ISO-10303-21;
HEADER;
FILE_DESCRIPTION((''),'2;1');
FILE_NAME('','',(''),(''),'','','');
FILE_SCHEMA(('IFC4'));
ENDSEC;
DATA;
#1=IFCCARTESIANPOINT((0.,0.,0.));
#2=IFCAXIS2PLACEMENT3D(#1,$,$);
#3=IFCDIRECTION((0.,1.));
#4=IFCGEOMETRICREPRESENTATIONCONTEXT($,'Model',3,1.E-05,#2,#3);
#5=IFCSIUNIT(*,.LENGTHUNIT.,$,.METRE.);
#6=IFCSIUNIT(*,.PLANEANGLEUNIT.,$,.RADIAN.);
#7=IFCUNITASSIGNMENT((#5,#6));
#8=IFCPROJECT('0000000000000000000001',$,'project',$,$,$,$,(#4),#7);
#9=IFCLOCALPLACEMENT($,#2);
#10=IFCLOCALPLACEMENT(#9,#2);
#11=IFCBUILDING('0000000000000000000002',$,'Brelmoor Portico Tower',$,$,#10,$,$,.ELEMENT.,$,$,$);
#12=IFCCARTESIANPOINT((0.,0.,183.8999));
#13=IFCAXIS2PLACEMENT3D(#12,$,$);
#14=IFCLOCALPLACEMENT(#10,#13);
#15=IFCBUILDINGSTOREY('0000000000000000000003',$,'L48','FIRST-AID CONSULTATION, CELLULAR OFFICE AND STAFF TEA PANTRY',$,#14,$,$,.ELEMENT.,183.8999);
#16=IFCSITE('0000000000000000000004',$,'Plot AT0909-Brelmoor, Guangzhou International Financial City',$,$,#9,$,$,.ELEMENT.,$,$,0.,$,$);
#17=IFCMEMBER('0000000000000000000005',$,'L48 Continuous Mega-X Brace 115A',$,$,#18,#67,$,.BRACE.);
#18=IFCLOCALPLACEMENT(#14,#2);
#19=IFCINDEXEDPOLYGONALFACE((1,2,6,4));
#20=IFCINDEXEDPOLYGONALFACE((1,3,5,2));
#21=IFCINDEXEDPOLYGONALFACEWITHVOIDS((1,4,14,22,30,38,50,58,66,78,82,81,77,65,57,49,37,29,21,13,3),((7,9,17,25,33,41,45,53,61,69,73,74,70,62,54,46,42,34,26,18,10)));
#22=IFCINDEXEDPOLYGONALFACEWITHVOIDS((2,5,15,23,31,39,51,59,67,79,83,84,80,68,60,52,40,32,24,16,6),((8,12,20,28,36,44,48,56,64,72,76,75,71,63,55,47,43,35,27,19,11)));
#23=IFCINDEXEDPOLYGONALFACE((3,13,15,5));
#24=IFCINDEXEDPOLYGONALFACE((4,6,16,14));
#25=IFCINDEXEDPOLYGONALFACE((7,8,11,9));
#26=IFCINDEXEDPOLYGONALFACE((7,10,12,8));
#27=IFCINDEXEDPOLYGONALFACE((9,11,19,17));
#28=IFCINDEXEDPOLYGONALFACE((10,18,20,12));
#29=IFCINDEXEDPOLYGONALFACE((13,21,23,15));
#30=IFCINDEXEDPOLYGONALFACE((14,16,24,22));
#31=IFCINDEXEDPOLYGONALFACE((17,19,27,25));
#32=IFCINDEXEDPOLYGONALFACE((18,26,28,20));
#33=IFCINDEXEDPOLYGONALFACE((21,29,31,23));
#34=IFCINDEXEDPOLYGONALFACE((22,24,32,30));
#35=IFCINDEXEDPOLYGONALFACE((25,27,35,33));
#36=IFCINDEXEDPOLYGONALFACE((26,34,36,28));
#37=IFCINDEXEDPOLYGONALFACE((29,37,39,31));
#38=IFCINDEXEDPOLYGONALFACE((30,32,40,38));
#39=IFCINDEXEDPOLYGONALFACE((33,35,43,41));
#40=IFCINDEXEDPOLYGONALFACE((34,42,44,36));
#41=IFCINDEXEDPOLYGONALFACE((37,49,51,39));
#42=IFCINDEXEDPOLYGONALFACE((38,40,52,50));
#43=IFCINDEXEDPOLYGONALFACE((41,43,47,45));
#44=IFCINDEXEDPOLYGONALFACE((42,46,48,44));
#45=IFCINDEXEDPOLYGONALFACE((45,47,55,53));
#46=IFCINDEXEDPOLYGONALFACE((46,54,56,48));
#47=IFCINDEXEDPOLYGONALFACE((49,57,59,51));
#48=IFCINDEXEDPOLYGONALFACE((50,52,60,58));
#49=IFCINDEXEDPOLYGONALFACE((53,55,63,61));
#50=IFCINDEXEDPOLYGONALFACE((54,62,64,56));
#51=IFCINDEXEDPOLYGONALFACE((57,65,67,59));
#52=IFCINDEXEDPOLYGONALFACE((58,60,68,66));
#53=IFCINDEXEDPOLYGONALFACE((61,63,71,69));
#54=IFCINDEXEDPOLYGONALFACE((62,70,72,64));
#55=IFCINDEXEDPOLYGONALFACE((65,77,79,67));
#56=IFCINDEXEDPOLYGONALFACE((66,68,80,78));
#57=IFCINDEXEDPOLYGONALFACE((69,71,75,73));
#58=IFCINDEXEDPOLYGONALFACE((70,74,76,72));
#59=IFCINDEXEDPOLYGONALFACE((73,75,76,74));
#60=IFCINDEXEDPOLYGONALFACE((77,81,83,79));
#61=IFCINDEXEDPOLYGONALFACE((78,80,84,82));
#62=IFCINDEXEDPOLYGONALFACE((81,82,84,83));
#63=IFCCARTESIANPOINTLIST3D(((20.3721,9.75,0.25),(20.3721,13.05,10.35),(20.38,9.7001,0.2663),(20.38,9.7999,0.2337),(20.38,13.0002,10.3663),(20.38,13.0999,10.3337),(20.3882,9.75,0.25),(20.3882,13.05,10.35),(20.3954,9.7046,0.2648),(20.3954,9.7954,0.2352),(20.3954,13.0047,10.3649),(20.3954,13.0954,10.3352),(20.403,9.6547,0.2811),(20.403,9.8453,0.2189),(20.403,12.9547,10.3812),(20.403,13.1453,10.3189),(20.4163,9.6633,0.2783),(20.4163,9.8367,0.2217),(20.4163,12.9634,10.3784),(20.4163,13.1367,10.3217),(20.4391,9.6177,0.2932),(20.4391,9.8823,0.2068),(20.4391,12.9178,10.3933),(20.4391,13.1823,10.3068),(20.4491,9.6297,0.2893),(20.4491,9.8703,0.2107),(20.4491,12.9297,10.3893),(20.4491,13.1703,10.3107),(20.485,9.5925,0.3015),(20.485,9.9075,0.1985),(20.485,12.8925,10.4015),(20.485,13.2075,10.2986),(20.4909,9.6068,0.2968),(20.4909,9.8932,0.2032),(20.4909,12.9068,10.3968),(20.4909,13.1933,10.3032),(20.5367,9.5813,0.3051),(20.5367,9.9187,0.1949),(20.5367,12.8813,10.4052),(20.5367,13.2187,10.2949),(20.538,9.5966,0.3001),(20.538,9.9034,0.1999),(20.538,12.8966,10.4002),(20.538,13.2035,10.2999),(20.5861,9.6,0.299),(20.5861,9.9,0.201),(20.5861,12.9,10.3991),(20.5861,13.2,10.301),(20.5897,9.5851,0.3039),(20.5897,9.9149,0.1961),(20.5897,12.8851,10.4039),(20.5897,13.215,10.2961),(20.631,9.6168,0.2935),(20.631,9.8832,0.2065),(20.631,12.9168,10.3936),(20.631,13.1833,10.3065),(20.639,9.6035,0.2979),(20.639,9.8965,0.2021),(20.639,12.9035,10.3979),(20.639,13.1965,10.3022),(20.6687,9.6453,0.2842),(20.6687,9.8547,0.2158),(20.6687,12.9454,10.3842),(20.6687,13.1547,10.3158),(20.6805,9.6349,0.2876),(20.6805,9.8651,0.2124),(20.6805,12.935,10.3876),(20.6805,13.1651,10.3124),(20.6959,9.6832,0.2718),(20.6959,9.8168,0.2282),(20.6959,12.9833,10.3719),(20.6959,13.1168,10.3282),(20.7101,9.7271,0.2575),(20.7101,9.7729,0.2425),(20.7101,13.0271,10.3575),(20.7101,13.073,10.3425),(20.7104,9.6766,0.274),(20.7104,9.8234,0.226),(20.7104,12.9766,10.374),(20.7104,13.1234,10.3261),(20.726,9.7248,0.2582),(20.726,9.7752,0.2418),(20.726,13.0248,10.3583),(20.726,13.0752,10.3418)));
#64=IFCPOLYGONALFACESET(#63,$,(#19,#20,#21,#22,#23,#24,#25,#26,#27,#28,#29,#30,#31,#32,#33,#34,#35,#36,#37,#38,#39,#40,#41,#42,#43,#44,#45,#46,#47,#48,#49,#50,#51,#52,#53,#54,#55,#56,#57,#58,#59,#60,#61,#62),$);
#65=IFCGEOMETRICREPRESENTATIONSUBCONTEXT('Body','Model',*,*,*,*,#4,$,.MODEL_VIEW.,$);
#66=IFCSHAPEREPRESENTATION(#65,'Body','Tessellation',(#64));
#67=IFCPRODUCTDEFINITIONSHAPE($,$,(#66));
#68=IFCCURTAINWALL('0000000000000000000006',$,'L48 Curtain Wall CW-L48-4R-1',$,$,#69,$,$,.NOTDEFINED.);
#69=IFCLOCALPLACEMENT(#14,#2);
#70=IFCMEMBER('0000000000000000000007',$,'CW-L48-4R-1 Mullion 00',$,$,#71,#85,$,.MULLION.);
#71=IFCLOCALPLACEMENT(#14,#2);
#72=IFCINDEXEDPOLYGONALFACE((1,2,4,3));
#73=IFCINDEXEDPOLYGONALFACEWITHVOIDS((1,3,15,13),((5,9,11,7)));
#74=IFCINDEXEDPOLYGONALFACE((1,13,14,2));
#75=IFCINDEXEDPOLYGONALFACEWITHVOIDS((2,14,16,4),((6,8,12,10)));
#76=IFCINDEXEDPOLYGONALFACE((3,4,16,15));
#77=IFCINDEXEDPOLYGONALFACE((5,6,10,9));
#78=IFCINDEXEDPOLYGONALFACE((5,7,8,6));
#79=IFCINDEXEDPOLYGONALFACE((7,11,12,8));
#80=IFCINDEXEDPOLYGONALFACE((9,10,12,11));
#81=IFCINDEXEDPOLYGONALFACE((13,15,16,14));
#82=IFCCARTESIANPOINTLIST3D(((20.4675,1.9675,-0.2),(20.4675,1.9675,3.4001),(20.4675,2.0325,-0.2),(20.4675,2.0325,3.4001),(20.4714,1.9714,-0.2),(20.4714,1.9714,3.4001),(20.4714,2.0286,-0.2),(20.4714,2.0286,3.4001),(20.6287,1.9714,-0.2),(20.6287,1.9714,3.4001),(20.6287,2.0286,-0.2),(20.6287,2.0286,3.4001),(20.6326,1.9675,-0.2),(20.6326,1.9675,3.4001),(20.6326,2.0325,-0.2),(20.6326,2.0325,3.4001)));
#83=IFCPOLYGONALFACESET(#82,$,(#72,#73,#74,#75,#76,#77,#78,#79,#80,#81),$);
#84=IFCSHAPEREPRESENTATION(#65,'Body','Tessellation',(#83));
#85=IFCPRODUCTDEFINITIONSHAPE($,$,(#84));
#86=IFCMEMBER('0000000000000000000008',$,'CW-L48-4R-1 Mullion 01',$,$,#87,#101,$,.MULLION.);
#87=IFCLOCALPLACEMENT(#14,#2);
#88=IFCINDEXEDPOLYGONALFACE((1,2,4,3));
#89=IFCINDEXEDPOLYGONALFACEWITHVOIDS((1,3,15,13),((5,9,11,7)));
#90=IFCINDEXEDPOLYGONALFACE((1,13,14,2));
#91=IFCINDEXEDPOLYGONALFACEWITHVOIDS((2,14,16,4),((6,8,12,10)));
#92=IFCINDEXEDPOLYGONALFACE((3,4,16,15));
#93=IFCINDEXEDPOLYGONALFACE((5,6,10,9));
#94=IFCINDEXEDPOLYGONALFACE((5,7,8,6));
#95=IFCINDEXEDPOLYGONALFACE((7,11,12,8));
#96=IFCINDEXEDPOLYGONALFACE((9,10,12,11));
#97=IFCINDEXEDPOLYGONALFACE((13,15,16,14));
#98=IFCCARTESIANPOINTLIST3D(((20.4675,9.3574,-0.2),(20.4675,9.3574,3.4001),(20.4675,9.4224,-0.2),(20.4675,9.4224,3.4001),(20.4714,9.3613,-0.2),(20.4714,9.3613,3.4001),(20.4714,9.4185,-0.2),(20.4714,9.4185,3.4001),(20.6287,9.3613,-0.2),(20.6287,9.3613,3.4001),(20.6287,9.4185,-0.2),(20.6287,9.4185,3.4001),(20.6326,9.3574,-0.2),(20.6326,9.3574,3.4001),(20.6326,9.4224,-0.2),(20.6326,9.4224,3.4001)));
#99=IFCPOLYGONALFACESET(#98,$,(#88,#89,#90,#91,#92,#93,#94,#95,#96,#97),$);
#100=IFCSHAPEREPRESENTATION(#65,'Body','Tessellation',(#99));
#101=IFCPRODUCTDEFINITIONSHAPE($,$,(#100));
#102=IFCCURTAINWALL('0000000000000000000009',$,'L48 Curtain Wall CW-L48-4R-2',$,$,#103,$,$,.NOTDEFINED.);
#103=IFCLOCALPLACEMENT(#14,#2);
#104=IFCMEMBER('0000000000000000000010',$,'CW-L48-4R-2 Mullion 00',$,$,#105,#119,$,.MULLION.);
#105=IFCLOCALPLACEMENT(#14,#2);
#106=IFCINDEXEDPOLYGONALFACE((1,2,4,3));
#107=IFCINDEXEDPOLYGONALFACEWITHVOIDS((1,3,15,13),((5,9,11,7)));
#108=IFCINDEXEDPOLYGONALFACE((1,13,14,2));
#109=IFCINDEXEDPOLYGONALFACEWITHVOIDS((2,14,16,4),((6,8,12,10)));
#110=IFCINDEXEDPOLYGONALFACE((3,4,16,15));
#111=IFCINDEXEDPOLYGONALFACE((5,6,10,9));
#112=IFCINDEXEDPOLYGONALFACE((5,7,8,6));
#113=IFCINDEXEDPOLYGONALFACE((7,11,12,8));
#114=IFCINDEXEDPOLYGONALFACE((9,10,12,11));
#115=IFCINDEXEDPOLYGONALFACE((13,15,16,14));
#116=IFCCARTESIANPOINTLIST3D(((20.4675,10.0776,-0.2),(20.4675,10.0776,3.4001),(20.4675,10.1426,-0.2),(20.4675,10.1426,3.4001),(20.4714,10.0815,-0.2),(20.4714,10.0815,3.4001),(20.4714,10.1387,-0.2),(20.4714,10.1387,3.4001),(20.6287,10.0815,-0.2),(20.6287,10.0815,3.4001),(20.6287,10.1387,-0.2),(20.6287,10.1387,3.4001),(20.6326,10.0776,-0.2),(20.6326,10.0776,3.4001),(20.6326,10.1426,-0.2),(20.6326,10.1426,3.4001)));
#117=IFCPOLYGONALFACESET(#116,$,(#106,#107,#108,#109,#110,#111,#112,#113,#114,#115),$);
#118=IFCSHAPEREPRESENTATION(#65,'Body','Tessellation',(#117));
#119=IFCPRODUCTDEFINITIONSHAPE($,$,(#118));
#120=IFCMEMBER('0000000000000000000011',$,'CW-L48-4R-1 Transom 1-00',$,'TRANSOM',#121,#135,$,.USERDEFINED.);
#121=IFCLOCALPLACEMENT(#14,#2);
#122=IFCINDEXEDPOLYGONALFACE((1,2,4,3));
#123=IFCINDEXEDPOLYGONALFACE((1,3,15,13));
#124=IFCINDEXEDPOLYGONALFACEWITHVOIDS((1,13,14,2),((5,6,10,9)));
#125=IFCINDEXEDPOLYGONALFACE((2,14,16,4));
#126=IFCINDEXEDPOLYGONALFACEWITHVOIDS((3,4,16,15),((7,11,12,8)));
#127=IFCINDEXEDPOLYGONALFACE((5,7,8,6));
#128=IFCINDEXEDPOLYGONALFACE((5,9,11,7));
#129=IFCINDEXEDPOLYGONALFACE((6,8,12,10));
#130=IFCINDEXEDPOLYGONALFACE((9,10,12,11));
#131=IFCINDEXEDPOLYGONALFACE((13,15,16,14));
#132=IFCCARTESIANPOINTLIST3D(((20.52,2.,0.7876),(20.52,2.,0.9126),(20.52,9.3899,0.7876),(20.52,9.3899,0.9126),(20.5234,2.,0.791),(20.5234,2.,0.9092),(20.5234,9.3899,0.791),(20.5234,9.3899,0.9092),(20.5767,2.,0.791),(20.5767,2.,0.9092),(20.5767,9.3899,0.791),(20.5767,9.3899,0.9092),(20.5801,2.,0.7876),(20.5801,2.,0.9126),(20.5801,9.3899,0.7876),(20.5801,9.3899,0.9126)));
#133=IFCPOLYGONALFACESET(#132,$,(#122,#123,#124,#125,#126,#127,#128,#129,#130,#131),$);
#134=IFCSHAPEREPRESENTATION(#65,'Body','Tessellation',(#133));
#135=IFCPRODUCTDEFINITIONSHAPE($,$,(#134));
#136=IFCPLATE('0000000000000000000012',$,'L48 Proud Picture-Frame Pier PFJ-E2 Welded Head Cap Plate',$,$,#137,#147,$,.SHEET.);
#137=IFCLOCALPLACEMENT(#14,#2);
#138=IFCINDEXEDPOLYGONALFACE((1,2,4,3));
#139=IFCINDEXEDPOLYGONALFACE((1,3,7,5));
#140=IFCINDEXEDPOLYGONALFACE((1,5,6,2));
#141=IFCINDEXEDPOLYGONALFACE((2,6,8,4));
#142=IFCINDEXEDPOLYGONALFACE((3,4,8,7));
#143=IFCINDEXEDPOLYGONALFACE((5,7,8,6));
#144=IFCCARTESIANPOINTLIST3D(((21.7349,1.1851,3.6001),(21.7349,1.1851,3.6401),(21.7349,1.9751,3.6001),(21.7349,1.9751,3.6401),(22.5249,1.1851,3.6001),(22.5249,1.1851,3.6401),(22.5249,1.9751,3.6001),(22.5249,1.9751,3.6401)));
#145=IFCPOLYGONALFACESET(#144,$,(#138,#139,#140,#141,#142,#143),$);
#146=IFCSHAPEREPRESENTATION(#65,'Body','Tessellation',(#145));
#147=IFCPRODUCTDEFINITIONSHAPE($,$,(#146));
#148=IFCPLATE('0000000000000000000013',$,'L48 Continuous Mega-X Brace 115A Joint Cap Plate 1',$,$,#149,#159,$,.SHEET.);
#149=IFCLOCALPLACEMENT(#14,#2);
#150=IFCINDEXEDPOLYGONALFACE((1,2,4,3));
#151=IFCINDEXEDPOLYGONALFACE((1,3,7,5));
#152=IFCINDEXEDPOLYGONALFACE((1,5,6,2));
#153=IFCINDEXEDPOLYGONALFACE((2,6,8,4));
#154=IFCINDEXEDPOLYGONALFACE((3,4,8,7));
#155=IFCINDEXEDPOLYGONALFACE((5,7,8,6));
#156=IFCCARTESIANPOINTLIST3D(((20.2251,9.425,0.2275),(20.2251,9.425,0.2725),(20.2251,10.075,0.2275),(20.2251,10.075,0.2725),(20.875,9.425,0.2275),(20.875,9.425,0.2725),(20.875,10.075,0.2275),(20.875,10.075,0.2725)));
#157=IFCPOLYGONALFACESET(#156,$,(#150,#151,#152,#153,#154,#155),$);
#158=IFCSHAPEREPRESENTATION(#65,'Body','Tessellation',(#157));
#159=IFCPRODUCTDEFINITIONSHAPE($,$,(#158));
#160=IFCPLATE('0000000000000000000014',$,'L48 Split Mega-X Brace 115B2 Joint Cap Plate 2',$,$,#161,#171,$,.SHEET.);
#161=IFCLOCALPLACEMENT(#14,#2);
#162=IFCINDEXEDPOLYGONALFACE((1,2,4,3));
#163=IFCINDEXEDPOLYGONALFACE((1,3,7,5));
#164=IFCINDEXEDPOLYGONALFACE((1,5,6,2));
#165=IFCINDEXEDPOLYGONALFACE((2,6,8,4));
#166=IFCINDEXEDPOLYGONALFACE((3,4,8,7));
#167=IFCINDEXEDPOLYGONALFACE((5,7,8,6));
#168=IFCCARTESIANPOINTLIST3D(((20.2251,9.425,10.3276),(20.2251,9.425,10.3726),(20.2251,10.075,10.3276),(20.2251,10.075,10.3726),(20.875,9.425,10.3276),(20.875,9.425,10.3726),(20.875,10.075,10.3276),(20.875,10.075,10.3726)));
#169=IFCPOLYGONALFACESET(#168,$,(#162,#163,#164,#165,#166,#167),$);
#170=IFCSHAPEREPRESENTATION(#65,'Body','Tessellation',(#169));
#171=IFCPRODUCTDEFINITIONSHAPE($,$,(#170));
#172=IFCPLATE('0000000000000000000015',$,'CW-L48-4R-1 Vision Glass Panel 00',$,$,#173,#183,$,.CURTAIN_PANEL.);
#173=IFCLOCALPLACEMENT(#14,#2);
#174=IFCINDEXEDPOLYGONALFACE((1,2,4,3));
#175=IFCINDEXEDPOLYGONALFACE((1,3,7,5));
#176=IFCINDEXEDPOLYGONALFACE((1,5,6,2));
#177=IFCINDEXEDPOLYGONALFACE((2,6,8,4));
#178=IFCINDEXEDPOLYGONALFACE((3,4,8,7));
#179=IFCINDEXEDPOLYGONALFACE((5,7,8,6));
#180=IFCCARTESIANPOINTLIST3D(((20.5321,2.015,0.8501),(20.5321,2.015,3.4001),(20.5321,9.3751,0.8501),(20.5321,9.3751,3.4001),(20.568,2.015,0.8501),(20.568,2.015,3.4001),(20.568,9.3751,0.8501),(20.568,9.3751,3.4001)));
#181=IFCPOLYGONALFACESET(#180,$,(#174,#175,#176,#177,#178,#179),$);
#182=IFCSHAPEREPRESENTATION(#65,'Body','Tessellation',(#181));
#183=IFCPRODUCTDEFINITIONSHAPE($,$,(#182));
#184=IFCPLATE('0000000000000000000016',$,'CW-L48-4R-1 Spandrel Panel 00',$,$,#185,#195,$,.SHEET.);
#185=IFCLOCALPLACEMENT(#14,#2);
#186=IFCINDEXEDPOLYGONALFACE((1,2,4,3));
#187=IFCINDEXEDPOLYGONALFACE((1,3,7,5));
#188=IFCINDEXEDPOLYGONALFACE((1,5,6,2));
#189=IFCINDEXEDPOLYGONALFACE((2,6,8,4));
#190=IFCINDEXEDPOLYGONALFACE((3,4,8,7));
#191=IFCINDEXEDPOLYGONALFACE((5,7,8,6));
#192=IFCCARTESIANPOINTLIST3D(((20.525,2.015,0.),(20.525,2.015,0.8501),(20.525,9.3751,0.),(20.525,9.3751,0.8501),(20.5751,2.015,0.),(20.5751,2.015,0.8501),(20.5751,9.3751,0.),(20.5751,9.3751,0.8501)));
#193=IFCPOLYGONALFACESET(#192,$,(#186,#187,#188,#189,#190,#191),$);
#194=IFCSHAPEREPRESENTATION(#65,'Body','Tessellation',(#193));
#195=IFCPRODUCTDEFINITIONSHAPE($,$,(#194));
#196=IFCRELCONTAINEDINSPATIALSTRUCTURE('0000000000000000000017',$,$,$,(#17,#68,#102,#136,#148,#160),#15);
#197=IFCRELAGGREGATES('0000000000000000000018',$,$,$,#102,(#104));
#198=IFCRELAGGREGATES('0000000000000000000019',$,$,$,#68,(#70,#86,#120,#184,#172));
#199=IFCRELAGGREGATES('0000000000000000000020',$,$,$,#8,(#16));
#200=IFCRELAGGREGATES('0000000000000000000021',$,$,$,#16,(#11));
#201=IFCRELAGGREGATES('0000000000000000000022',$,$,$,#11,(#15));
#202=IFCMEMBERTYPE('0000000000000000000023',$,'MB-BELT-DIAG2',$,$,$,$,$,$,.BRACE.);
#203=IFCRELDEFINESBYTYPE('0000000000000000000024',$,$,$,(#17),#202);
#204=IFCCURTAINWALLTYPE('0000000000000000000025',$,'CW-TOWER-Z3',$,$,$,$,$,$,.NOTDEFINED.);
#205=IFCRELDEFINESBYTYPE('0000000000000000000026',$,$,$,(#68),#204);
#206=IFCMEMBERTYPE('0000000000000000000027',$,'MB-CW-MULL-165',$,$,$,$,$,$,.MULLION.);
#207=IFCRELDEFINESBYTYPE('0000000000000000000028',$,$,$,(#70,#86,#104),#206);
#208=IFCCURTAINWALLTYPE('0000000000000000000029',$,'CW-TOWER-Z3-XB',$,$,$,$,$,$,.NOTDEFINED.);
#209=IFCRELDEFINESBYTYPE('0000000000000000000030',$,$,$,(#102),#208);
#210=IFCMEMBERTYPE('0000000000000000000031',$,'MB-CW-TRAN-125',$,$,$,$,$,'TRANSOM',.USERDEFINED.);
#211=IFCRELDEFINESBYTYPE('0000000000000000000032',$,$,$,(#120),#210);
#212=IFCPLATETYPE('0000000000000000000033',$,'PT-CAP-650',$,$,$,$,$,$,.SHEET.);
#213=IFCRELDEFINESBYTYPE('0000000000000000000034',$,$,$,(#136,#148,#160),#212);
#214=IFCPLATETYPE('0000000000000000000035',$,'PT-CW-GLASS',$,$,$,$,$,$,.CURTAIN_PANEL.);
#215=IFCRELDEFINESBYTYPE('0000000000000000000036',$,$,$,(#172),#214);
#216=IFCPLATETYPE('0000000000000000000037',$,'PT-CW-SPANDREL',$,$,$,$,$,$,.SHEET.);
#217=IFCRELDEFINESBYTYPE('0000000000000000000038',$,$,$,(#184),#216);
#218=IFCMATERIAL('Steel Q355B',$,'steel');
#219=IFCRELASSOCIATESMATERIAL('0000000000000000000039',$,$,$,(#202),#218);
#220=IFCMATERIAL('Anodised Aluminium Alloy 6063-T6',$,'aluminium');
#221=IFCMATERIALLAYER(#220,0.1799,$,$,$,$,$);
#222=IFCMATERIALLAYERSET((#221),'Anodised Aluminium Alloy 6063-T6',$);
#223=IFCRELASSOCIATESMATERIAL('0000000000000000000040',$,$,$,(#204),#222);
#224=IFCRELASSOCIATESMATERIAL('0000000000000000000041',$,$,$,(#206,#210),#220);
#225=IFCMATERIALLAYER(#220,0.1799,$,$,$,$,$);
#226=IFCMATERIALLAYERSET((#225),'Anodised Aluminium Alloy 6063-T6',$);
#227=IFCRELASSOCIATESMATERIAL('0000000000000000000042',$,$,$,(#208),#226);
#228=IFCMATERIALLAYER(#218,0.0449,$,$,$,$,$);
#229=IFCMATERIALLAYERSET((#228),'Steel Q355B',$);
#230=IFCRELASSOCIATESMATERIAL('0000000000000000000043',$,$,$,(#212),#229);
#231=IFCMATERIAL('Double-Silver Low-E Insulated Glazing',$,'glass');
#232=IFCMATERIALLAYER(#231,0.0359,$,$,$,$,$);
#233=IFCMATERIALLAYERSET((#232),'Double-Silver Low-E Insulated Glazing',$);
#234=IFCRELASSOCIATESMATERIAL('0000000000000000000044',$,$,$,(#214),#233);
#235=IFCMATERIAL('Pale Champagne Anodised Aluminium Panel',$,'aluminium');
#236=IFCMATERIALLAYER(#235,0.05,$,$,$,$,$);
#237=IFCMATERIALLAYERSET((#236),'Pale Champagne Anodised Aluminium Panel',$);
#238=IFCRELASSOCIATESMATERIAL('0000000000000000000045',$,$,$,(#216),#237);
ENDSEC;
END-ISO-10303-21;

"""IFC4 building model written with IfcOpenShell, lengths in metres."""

from ifc_helpers import new_model, si_unit, direction, frame, origin, origin_2d, place, context, subcontext, project, spatial, rectangle, hollow_rectangle, hollow_circle, extrude, material, layer, layer_set, material_profile, profile_set, type_object, element, aggregate, save


model = new_model("IFC4")

# Units and contexts
model_context = context("Model", 3, precision=1e-05, world=origin(), true_north=direction((0.0, 1.0)))
body_context = subcontext(model_context, "Body", "Model", "MODEL_VIEW")
ifc_project = project(units=[si_unit("LENGTHUNIT", "METRE"), si_unit("PLANEANGLEUNIT", "RADIAN")], contexts=[model_context])

# Site, building, storey
site_placement = place(None, origin())
site = spatial("IfcSite", under=ifc_project, at=site_placement, Name="Plot AT0909-Brelmoor, Guangzhou International Financial City", CompositionType="ELEMENT", RefElevation=0.0)
building_placement = place(site_placement, origin())
building = spatial("IfcBuilding", under=site, at=building_placement, Name="Brelmoor Portico Tower", CompositionType="ELEMENT")
storey_placement = place(building_placement, frame((0.0, 0.0, 183.8999)))
storey = spatial("IfcBuildingStorey", under=building, at=storey_placement, Name="L48", Description="FIRST-AID CONSULTATION, CELLULAR OFFICE AND STAFF TEA PANTRY", CompositionType="ELEMENT", Elevation=183.8999)

# Shared definitions
ifc_material_1 = material(Name="Steel Q355B", Category="steel")

# Member
ifc_material_profile_1 = material_profile(ifc_material_1, hollow_circle(Radius=0.178, WallThickness=0.0161, at=origin_2d()), Name="CHS 356x16")
ifc_profile_set_1 = profile_set([ifc_material_profile_1], Name="Steel Q355B")
member_type_1 = type_object("IfcMemberType", Name="MB-BELT-DIAG2", PredefinedType="BRACE", material=ifc_profile_set_1)
member_1_placement = place(storey_placement, frame((20.55, 9.75, 0.25), z_axis=(0.0, 0.310577, 0.950548), x_axis=(-1.0, 0.0, 0.0)))
element("IfcMember", 1, at=member_1_placement, inside=storey, type_object=member_type_1, Name="L48 Continuous Mega-X Brace 115A", PredefinedType="BRACE", context=body_context, shape_type="SweptSolid", body=[
    extrude(hollow_circle(Radius=0.178, WallThickness=0.0161, at=origin_2d()), origin(), (0.0, 0.0, 1.0), 10.6255),
])

# Curtain wall, members
ifc_material_2 = material(Name="Anodised Aluminium Alloy 6063-T6", Category="aluminium")
ifc_layer_1 = layer(ifc_material_2, 0.1799)
ifc_layer_set_1 = layer_set([ifc_layer_1], Name="Anodised Aluminium Alloy 6063-T6")
curtain_wall_type_1 = type_object("IfcCurtainWallType", Name="CW-TOWER-Z3", PredefinedType="NOTDEFINED", material=ifc_layer_set_1)
curtain_wall_1_placement = place(storey_placement, origin())
curtain_wall_1 = element("IfcCurtainWall", 2, at=curtain_wall_1_placement, inside=storey, type_object=curtain_wall_type_1, Name="L48 Curtain Wall CW-L48-4R-1", PredefinedType="NOTDEFINED")
ifc_material_profile_2 = material_profile(ifc_material_2, hollow_rectangle(XDim=0.0649, YDim=0.165, WallThickness=0.0039, at=origin_2d()), Name="ALU MULLION 65x165")
ifc_profile_set_2 = profile_set([ifc_material_profile_2], Name="Anodised Aluminium Alloy 6063-T6")
member_type_2 = type_object("IfcMemberType", Name="MB-CW-MULL-165", PredefinedType="MULLION", material=ifc_profile_set_2)
member_2_placement = place(storey_placement, frame((20.55, 2.0, -0.2), z_axis=(0.0, 0.0, 1.0), x_axis=(0.0, 1.0, 0.0)))
member_2 = element("IfcMember", 3, at=member_2_placement, type_object=member_type_2, Name="CW-L48-4R-1 Mullion 00", PredefinedType="MULLION", context=body_context, shape_type="SweptSolid", body=[
    extrude(hollow_rectangle(XDim=0.0649, YDim=0.165, WallThickness=0.0039, at=origin_2d()), origin(), (0.0, 0.0, 1.0), 3.6001),
])
member_3_placement = place(storey_placement, frame((20.55, 9.3899, -0.2), z_axis=(0.0, 0.0, 1.0), x_axis=(0.0, 1.0, 0.0)))
member_3 = element("IfcMember", 4, at=member_3_placement, type_object=member_type_2, Name="CW-L48-4R-1 Mullion 01", PredefinedType="MULLION", context=body_context, shape_type="SweptSolid", body=[
    extrude(hollow_rectangle(XDim=0.0649, YDim=0.165, WallThickness=0.0039, at=origin_2d()), origin(), (0.0, 0.0, 1.0), 3.6001),
])

# Curtain wall, member
ifc_layer_2 = layer(ifc_material_2, 0.1799)
ifc_layer_set_2 = layer_set([ifc_layer_2], Name="Anodised Aluminium Alloy 6063-T6")
curtain_wall_type_2 = type_object("IfcCurtainWallType", Name="CW-TOWER-Z3-XB", PredefinedType="NOTDEFINED", material=ifc_layer_set_2)
curtain_wall_2_placement = place(storey_placement, origin())
curtain_wall_2 = element("IfcCurtainWall", 5, at=curtain_wall_2_placement, inside=storey, type_object=curtain_wall_type_2, Name="L48 Curtain Wall CW-L48-4R-2", PredefinedType="NOTDEFINED")
member_4_placement = place(storey_placement, frame((20.55, 10.1101, -0.2), z_axis=(0.0, 0.0, 1.0), x_axis=(0.0, 1.0, 0.0)))
member_4 = element("IfcMember", 6, at=member_4_placement, type_object=member_type_2, Name="CW-L48-4R-2 Mullion 00", PredefinedType="MULLION", context=body_context, shape_type="SweptSolid", body=[
    extrude(hollow_rectangle(XDim=0.0649, YDim=0.165, WallThickness=0.0039, at=origin_2d()), origin(), (0.0, 0.0, 1.0), 3.6001),
])
aggregate(curtain_wall_2, [member_4])

# Member
ifc_material_profile_3 = material_profile(ifc_material_2, hollow_rectangle(XDim=0.0601, YDim=0.125, WallThickness=0.0034, at=origin_2d()), Name="ALU TRANSOM 60x125")
ifc_profile_set_3 = profile_set([ifc_material_profile_3], Name="Anodised Aluminium Alloy 6063-T6")
member_type_3 = type_object("IfcMemberType", Name="MB-CW-TRAN-125", ElementType="TRANSOM", PredefinedType="USERDEFINED", material=ifc_profile_set_3)
member_5_placement = place(storey_placement, frame((20.55, 2.0, 0.8501), z_axis=(0.0, 1.0, 0.0), x_axis=(-1.0, 0.0, 0.0)))
member_5 = element("IfcMember", 7, at=member_5_placement, type_object=member_type_3, Name="CW-L48-4R-1 Transom 1-00", ObjectType="TRANSOM", PredefinedType="USERDEFINED", context=body_context, shape_type="SweptSolid", body=[
    extrude(hollow_rectangle(XDim=0.0601, YDim=0.125, WallThickness=0.0034, at=origin_2d()), origin(), (0.0, 0.0, 1.0), 7.3899),
])

# Plates
ifc_layer_3 = layer(ifc_material_1, 0.0449)
ifc_layer_set_3 = layer_set([ifc_layer_3], Name="Steel Q355B")
plate_type_1 = type_object("IfcPlateType", Name="PT-CAP-650", PredefinedType="SHEET", material=ifc_layer_set_3)
plate_1_placement = place(storey_placement, frame((22.1299, 1.5801, 3.6001), z_axis=(0.0, 0.0, 1.0), x_axis=(0.0, 1.0, 0.0)))
element("IfcPlate", 8, at=plate_1_placement, inside=storey, type_object=plate_type_1, Name="L48 Proud Picture-Frame Pier PFJ-E2 Welded Head Cap Plate", PredefinedType="SHEET", context=body_context, shape_type="SweptSolid", body=[
    extrude(rectangle(XDim=0.79, YDim=0.79, at=origin_2d()), origin(), (0.0, 0.0, 1.0), 0.04),
])
for number, where, z_axis, x_axis, name in (
    (9, (20.55, 9.75, 0.2275), (0.0, 0.0, 1.0), (1.0, 0.0, 0.0), "L48 Continuous Mega-X Brace 115A Joint Cap Plate 1"),
    (10, (20.55, 9.75, 10.3276), (0.0, 0.0, 1.0), (1.0, 0.0, 0.0), "L48 Split Mega-X Brace 115B2 Joint Cap Plate 2"),
):
    element("IfcPlate", number, at=place(storey_placement, frame(where, z_axis=z_axis, x_axis=x_axis)), inside=storey, type_object=plate_type_1, Name=name, PredefinedType="SHEET", context=body_context, shape_type="SweptSolid", body=[
        extrude(rectangle(XDim=0.6499, YDim=0.6499, at=origin_2d()), origin(), (0.0, 0.0, 1.0), 0.0449),
    ])

# Plates
ifc_material_3 = material(Name="Double-Silver Low-E Insulated Glazing", Category="glass")
ifc_layer_4 = layer(ifc_material_3, 0.0359)
ifc_layer_set_4 = layer_set([ifc_layer_4], Name="Double-Silver Low-E Insulated Glazing")
plate_type_2 = type_object("IfcPlateType", Name="PT-CW-GLASS", PredefinedType="CURTAIN_PANEL", material=ifc_layer_set_4)
plate_2_placement = place(storey_placement, frame((20.55, 5.6951, 0.8501), z_axis=(0.0, 0.0, 1.0), x_axis=(0.0, 1.0, 0.0)))
plate_2 = element("IfcPlate", 11, at=plate_2_placement, type_object=plate_type_2, Name="CW-L48-4R-1 Vision Glass Panel 00", PredefinedType="CURTAIN_PANEL", context=body_context, shape_type="SweptSolid", body=[
    extrude(rectangle(XDim=7.3601, YDim=0.0359, at=origin_2d()), origin(), (0.0, 0.0, 1.0), 2.55),
])
ifc_material_4 = material(Name="Pale Champagne Anodised Aluminium Panel", Category="aluminium")
ifc_layer_5 = layer(ifc_material_4, 0.05)
ifc_layer_set_5 = layer_set([ifc_layer_5], Name="Pale Champagne Anodised Aluminium Panel")
plate_type_3 = type_object("IfcPlateType", Name="PT-CW-SPANDREL", PredefinedType="SHEET", material=ifc_layer_set_5)
plate_3_placement = place(storey_placement, frame((20.55, 5.6951, 0.0), z_axis=(0.0, 0.0, 1.0), x_axis=(0.0, 1.0, 0.0)))
plate_3 = element("IfcPlate", 12, at=plate_3_placement, type_object=plate_type_3, Name="CW-L48-4R-1 Spandrel Panel 00", PredefinedType="SHEET", context=body_context, shape_type="SweptSolid", body=[
    extrude(rectangle(XDim=7.3601, YDim=0.05, at=origin_2d()), origin(), (0.0, 0.0, 1.0), 0.8501),
])
aggregate(curtain_wall_1, [member_2, member_3, member_5, plate_3, plate_2])

save(model, "model.ifc")
